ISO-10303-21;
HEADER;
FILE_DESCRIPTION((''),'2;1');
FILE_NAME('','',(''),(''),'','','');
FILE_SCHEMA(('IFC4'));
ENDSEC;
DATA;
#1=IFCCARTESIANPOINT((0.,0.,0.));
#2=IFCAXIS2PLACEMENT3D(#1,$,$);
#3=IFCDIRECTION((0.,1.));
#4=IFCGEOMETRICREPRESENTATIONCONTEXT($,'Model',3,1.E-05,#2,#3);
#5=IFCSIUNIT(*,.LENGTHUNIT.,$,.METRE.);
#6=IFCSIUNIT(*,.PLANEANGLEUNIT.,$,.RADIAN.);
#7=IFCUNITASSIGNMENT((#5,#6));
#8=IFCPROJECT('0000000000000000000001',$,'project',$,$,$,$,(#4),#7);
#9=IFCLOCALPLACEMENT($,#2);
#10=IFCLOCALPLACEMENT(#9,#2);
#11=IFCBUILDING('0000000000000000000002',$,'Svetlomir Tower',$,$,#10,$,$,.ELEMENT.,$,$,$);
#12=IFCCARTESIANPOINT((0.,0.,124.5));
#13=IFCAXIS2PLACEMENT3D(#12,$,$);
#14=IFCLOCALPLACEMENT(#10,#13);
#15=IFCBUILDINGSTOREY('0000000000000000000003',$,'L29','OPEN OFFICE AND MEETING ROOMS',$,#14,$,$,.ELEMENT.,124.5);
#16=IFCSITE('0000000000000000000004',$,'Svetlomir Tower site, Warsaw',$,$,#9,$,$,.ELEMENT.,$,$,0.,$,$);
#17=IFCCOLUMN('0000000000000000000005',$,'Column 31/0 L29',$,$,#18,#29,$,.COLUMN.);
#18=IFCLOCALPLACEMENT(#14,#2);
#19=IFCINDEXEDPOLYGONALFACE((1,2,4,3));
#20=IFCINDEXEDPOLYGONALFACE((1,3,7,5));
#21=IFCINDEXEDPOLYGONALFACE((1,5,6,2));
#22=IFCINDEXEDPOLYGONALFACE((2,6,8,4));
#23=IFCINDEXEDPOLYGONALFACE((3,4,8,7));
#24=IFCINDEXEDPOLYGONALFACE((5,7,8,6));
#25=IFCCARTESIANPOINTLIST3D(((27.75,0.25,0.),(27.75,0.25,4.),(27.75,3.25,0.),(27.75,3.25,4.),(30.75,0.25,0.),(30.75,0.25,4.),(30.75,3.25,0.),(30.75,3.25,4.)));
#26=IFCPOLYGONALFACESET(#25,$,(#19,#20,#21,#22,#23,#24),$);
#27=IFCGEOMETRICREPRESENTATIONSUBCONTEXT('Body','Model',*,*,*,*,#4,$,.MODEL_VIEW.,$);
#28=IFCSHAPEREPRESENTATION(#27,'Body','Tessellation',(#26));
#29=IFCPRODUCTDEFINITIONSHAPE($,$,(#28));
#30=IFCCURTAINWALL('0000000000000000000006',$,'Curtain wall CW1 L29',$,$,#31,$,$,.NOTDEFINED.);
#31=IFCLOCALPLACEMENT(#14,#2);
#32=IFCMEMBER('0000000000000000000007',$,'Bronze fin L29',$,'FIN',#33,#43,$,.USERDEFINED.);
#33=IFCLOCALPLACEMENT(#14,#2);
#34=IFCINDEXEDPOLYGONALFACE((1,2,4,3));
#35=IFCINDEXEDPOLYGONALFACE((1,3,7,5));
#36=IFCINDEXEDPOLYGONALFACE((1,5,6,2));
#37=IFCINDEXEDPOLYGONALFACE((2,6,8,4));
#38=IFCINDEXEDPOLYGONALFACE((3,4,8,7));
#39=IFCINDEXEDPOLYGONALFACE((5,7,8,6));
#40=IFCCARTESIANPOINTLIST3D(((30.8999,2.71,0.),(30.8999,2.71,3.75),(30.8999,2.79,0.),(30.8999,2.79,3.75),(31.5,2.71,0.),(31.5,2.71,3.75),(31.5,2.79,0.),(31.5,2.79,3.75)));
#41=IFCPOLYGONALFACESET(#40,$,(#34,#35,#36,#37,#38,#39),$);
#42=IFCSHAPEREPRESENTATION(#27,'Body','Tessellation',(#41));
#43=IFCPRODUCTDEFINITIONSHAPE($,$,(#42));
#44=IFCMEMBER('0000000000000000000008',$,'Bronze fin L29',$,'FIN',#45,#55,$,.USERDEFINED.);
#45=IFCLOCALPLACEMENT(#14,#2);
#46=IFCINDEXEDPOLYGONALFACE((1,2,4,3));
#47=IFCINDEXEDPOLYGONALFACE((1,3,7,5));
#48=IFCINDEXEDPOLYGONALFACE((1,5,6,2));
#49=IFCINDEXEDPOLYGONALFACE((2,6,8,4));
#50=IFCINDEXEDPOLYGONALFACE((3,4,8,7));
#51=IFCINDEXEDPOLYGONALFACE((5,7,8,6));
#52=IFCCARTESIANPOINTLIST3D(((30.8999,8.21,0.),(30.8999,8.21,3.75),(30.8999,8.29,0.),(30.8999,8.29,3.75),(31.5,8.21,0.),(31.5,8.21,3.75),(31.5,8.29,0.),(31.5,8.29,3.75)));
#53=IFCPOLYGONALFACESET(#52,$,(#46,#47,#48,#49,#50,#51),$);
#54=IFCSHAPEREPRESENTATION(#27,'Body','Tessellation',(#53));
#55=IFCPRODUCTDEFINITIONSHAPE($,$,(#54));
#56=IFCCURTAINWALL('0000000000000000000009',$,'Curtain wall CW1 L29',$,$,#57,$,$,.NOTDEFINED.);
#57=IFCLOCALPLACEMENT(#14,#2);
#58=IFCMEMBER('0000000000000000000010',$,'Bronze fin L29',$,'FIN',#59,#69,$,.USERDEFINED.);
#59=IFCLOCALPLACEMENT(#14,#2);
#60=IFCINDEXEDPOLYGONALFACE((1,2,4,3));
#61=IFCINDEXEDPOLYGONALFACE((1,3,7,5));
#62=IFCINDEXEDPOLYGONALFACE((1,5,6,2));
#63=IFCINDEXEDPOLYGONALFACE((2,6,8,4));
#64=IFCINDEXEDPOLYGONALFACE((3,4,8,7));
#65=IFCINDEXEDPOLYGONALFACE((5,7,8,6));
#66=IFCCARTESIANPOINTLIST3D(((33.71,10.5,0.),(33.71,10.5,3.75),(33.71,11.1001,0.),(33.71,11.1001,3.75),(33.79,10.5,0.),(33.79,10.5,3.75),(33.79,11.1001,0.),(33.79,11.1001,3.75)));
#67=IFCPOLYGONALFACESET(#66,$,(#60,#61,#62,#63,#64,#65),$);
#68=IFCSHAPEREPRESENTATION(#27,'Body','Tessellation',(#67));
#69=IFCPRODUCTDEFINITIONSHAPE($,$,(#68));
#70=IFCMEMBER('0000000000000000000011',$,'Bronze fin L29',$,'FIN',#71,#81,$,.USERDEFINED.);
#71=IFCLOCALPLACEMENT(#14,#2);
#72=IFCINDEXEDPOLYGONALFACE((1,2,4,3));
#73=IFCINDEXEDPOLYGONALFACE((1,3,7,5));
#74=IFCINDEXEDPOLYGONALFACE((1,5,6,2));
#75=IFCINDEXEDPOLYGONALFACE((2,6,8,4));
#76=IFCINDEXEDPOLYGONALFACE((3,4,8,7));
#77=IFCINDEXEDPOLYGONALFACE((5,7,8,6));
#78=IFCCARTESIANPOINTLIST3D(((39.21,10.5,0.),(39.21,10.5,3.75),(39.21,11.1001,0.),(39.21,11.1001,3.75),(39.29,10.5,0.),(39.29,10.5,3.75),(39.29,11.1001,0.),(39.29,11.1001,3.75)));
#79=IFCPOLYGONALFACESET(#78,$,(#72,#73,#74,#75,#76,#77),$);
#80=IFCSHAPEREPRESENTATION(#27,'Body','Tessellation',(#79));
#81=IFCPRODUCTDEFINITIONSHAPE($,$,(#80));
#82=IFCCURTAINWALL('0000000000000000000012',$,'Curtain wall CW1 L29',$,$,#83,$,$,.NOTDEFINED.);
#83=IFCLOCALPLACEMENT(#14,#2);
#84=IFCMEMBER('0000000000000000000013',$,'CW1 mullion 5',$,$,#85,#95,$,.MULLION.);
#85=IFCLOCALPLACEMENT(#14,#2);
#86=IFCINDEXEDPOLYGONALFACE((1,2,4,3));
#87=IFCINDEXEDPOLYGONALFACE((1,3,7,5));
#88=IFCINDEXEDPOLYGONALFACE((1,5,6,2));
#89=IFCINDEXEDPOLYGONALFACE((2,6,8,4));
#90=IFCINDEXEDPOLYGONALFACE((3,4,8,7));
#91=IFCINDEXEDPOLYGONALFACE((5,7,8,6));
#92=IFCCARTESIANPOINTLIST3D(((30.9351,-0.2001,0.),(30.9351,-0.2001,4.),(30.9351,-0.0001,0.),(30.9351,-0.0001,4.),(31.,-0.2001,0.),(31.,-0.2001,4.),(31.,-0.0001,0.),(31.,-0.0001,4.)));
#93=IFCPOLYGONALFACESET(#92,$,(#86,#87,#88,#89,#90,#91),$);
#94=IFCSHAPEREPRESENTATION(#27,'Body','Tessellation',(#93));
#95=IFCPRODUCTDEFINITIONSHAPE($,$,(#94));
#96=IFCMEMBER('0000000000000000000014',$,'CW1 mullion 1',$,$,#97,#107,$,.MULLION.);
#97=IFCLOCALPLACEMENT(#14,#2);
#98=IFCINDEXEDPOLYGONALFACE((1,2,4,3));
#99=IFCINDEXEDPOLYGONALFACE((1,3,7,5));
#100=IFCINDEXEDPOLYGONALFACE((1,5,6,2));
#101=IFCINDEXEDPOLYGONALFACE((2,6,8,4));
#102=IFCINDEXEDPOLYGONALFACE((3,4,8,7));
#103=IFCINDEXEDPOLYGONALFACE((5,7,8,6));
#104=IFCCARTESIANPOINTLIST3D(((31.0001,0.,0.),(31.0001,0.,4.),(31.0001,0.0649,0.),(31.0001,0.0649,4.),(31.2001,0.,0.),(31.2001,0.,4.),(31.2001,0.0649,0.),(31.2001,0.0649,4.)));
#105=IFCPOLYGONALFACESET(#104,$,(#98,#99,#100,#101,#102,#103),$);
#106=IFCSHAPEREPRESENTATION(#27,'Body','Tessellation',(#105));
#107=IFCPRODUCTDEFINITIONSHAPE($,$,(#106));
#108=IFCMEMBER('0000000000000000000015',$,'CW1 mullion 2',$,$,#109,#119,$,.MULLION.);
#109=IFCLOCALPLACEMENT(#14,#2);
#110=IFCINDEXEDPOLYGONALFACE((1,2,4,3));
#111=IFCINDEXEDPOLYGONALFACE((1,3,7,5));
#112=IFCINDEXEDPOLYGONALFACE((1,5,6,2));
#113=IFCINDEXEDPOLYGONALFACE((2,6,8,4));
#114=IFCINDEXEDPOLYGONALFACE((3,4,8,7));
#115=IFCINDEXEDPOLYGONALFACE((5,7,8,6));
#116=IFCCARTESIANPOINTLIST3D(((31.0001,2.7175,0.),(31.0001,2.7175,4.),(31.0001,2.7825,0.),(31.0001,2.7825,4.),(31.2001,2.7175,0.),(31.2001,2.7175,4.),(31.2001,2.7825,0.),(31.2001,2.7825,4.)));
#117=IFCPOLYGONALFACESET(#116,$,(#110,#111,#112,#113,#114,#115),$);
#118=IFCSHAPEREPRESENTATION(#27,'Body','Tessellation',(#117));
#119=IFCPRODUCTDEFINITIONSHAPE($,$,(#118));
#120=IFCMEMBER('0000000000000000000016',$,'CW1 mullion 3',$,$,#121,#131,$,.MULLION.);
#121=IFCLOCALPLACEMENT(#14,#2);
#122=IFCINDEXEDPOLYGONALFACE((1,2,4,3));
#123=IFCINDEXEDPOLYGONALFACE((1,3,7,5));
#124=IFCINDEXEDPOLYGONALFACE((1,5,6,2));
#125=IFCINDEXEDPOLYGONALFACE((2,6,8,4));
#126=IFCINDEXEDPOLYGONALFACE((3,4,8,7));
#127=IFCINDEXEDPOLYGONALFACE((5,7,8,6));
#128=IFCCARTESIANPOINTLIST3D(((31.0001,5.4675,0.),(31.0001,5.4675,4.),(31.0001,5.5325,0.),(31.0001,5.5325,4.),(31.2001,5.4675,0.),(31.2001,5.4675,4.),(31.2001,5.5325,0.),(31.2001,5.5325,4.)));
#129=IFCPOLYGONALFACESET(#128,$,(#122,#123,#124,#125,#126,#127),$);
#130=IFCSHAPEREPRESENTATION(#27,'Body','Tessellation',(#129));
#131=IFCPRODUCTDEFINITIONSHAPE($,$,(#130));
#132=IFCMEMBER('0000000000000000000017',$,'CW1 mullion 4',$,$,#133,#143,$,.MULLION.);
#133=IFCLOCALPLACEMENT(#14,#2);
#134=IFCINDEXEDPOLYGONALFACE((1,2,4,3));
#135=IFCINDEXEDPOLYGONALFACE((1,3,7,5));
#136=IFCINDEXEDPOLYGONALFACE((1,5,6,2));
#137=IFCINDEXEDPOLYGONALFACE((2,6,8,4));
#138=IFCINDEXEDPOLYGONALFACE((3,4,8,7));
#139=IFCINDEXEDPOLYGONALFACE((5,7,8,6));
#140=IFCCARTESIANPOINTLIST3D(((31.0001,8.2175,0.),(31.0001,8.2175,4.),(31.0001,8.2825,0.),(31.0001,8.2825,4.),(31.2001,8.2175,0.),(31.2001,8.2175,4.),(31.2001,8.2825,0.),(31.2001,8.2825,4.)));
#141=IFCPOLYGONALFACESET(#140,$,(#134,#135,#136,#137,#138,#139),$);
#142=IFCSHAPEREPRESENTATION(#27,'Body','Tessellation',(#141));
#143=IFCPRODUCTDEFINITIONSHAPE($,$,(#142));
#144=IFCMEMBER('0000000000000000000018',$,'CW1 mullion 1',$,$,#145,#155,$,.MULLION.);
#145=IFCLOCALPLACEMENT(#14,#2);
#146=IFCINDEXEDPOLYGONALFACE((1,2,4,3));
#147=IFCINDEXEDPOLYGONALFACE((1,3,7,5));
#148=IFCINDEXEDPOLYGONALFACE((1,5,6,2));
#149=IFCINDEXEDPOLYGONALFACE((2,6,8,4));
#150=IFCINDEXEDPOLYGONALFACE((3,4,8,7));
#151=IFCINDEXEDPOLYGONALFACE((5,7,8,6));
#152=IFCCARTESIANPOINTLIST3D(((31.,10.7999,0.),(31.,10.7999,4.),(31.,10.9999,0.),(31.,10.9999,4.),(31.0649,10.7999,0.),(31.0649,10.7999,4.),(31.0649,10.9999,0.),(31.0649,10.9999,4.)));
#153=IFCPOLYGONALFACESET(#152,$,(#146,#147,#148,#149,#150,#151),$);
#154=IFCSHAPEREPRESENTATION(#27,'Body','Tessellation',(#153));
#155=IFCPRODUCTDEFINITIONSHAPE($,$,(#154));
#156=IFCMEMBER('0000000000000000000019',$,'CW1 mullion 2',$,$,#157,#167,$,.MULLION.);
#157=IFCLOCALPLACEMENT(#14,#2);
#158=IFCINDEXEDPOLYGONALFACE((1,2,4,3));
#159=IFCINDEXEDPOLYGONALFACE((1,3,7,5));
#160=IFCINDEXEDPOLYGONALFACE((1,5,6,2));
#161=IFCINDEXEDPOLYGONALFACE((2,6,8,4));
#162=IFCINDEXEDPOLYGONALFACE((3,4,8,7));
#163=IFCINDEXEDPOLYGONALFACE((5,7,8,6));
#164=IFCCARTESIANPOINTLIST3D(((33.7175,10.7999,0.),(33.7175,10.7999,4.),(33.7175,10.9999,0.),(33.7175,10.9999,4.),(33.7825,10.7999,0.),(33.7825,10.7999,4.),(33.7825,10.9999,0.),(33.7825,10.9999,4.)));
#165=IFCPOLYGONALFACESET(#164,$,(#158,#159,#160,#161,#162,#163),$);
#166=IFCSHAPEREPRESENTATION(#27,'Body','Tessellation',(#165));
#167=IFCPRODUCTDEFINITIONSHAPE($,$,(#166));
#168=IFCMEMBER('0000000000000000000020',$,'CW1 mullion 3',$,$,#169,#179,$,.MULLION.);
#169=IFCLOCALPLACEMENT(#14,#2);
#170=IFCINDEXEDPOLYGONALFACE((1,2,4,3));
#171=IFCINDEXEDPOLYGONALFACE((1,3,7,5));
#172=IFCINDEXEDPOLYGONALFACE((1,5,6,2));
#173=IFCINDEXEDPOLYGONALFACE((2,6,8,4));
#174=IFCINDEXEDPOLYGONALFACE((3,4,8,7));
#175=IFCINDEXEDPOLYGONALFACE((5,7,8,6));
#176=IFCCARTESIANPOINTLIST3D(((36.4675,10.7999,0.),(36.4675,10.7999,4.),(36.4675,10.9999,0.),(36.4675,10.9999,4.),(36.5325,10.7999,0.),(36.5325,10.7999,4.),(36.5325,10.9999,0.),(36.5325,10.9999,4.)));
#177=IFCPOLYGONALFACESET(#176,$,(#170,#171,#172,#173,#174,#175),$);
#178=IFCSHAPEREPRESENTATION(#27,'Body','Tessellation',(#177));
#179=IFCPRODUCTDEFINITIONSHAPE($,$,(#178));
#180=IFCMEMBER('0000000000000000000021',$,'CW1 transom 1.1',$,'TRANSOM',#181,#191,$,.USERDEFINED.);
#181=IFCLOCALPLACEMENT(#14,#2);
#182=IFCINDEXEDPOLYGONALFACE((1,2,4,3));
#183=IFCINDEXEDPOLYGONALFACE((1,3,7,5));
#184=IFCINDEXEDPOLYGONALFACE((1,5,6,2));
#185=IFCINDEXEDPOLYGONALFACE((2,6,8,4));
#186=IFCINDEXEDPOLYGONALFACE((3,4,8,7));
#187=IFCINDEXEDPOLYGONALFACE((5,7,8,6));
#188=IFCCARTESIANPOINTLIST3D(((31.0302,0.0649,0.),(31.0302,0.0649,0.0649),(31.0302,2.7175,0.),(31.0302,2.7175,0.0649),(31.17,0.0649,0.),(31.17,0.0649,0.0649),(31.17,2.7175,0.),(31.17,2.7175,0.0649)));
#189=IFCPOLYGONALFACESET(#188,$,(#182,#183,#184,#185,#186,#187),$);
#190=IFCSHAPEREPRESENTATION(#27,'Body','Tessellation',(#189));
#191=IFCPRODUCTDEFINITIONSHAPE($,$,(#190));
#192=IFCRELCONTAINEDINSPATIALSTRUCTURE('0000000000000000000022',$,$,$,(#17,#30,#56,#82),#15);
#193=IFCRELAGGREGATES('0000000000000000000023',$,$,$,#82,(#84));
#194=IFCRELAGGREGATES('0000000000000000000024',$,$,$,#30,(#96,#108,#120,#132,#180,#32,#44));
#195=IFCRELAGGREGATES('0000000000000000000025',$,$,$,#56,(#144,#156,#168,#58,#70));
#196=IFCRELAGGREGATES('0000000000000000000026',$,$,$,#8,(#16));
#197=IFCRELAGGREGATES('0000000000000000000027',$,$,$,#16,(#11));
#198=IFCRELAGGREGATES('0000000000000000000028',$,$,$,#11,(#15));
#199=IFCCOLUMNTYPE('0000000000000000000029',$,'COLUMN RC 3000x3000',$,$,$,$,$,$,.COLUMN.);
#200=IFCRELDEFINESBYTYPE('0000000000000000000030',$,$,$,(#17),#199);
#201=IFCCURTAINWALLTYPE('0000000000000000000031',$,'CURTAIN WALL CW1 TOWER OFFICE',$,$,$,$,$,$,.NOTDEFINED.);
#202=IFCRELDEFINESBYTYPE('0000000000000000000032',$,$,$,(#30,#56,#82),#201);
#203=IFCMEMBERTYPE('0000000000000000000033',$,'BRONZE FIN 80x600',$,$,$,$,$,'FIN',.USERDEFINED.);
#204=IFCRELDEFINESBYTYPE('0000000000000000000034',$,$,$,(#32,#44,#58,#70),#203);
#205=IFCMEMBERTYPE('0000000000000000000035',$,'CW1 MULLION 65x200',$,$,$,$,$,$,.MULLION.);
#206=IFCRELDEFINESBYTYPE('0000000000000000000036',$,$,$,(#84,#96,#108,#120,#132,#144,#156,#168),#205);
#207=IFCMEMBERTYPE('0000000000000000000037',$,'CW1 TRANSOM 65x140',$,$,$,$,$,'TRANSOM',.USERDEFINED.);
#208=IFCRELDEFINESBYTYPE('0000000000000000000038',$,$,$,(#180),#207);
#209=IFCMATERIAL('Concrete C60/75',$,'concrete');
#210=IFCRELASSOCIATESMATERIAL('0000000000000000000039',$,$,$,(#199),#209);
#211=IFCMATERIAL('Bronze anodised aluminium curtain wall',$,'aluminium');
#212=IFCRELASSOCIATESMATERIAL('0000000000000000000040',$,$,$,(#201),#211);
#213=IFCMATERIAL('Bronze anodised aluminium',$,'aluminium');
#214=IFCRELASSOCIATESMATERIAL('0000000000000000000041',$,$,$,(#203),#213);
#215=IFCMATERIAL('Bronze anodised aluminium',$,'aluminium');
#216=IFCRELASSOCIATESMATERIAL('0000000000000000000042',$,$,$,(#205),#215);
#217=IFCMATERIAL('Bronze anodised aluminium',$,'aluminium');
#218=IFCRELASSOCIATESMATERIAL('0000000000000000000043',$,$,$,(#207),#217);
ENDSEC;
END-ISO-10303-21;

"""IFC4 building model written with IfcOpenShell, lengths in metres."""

from ifc_helpers import new_model, si_unit, direction, frame, origin, origin_2d, place, context, subcontext, project, spatial, rectangle, extrude, material, material_profile, profile_set, type_object, element, aggregate, save


model = new_model("IFC4")

# Units and contexts
model_context = context("Model", 3, precision=1e-05, world=origin(), true_north=direction((0.0, 1.0)))
body_context = subcontext(model_context, "Body", "Model", "MODEL_VIEW")
ifc_project = project(units=[si_unit("LENGTHUNIT", "METRE"), si_unit("PLANEANGLEUNIT", "RADIAN")], contexts=[model_context])

# Site, building, storey
site_placement = place(None, origin())
site = spatial("IfcSite", under=ifc_project, at=site_placement, Name="Svetlomir Tower site, Warsaw", CompositionType="ELEMENT", RefElevation=0.0)
building_placement = place(site_placement, origin())
building = spatial("IfcBuilding", under=site, at=building_placement, Name="Svetlomir Tower", CompositionType="ELEMENT")
storey_placement = place(building_placement, frame((0.0, 0.0, 124.5)))
storey = spatial("IfcBuildingStorey", under=building, at=storey_placement, Name="L29", Description="OPEN OFFICE AND MEETING ROOMS", CompositionType="ELEMENT", Elevation=124.5)

# Column
ifc_material_1 = material(Name="Concrete C60/75", Category="concrete")
ifc_material_profile_1 = material_profile(ifc_material_1, rectangle(XDim=3.0, YDim=3.0, at=origin_2d()), Name="RC 3000x3000")
ifc_profile_set_1 = profile_set([ifc_material_profile_1], Name="Concrete C60/75")
column_type = type_object("IfcColumnType", Name="COLUMN RC 3000x3000", PredefinedType="COLUMN", material=ifc_profile_set_1)
column_placement = place(storey_placement, frame((29.25, 1.75, 0.0), z_axis=(0.0, 0.0, 1.0), x_axis=(1.0, 0.0, 0.0)))
element("IfcColumn", 1, at=column_placement, inside=storey, type_object=column_type, Name="Column 31/0 L29", PredefinedType="COLUMN", context=body_context, shape_type="SweptSolid", body=[
    extrude(rectangle(XDim=3.0, YDim=3.0, at=origin_2d()), origin(), (0.0, 0.0, 1.0), 4.0),
])

# Curtain walls, members
ifc_material_2 = material(Name="Bronze anodised aluminium curtain wall", Category="aluminium")
curtain_wall_type = type_object("IfcCurtainWallType", Name="CURTAIN WALL CW1 TOWER OFFICE", PredefinedType="NOTDEFINED", material=ifc_material_2)
curtain_wall_1_placement = place(storey_placement, origin())
curtain_wall_1 = element("IfcCurtainWall", 2, at=curtain_wall_1_placement, inside=storey, type_object=curtain_wall_type, Name="Curtain wall CW1 L29", PredefinedType="NOTDEFINED")
ifc_material_3 = material(Name="Bronze anodised aluminium", Category="aluminium")
ifc_material_profile_2 = material_profile(ifc_material_3, rectangle(XDim=0.0801, YDim=0.6001, at=origin_2d()), Name="FIN 80x600")
ifc_profile_set_2 = profile_set([ifc_material_profile_2], Name="Bronze anodised aluminium 6063-T6")
member_type_1 = type_object("IfcMemberType", Name="BRONZE FIN 80x600", ElementType="FIN", PredefinedType="USERDEFINED", material=ifc_profile_set_2)
member_1_placement = place(storey_placement, frame((31.2, 2.75, 0.0), z_axis=(0.0, 0.0, 1.0), x_axis=(0.0, 1.0, 0.0)))
member_1 = element("IfcMember", 3, at=member_1_placement, type_object=member_type_1, Name="Bronze fin L29", ObjectType="FIN", PredefinedType="USERDEFINED", context=body_context, shape_type="SweptSolid", body=[
    extrude(rectangle(XDim=0.0801, YDim=0.6001, at=origin_2d()), origin(), (0.0, 0.0, 1.0), 3.75),
])
member_2_placement = place(storey_placement, frame((31.2, 8.25, 0.0), z_axis=(0.0, 0.0, 1.0), x_axis=(0.0, 1.0, 0.0)))
member_2 = element("IfcMember", 4, at=member_2_placement, type_object=member_type_1, Name="Bronze fin L29", ObjectType="FIN", PredefinedType="USERDEFINED", context=body_context, shape_type="SweptSolid", body=[
    extrude(rectangle(XDim=0.0801, YDim=0.6001, at=origin_2d()), origin(), (0.0, 0.0, 1.0), 3.75),
])
curtain_wall_2_placement = place(storey_placement, origin())
curtain_wall_2 = element("IfcCurtainWall", 5, at=curtain_wall_2_placement, inside=storey, type_object=curtain_wall_type, Name="Curtain wall CW1 L29", PredefinedType="NOTDEFINED")
member_3_placement = place(storey_placement, frame((33.75, 10.8, 0.0), z_axis=(0.0, 0.0, 1.0), x_axis=(1.0, 0.0, 0.0)))
member_3 = element("IfcMember", 6, at=member_3_placement, type_object=member_type_1, Name="Bronze fin L29", ObjectType="FIN", PredefinedType="USERDEFINED", context=body_context, shape_type="SweptSolid", body=[
    extrude(rectangle(XDim=0.0801, YDim=0.6001, at=origin_2d()), origin(), (0.0, 0.0, 1.0), 3.75),
])
member_4_placement = place(storey_placement, frame((39.25, 10.8, 0.0), z_axis=(0.0, 0.0, 1.0), x_axis=(1.0, 0.0, 0.0)))
member_4 = element("IfcMember", 7, at=member_4_placement, type_object=member_type_1, Name="Bronze fin L29", ObjectType="FIN", PredefinedType="USERDEFINED", context=body_context, shape_type="SweptSolid", body=[
    extrude(rectangle(XDim=0.0801, YDim=0.6001, at=origin_2d()), origin(), (0.0, 0.0, 1.0), 3.75),
])

# Curtain wall, member
curtain_wall_3_placement = place(storey_placement, origin())
curtain_wall_3 = element("IfcCurtainWall", 8, at=curtain_wall_3_placement, inside=storey, type_object=curtain_wall_type, Name="Curtain wall CW1 L29", PredefinedType="NOTDEFINED")
ifc_material_4 = material(Name="Bronze anodised aluminium", Category="aluminium")
ifc_material_profile_3 = material_profile(ifc_material_4, rectangle(XDim=0.0649, YDim=0.2, at=origin_2d()), Name="AL 65x200")
ifc_profile_set_3 = profile_set([ifc_material_profile_3], Name="Bronze anodised aluminium 6063-T6")
member_type_2 = type_object("IfcMemberType", Name="CW1 MULLION 65x200", PredefinedType="MULLION", material=ifc_profile_set_3)
member_5_placement = place(storey_placement, frame((30.9675, -0.1001, 0.0), z_axis=(0.0, 0.0, 1.0), x_axis=(1.0, 0.0, 0.0)))
member_5 = element("IfcMember", 9, at=member_5_placement, type_object=member_type_2, Name="CW1 mullion 5", PredefinedType="MULLION", context=body_context, shape_type="SweptSolid", body=[
    extrude(rectangle(XDim=0.0649, YDim=0.2, at=origin_2d()), origin(), (0.0, 0.0, 1.0), 4.0),
])

# Members
member_6_placement = place(storey_placement, frame((31.1001, 0.0325, 0.0), z_axis=(0.0, 0.0, 1.0), x_axis=(0.0, 1.0, 0.0)))
member_6 = element("IfcMember", 10, at=member_6_placement, type_object=member_type_2, Name="CW1 mullion 1", PredefinedType="MULLION", context=body_context, shape_type="SweptSolid", body=[
    extrude(rectangle(XDim=0.0649, YDim=0.2, at=origin_2d()), origin(), (0.0, 0.0, 1.0), 4.0),
])
member_7_placement = place(storey_placement, frame((31.1001, 2.75, 0.0), z_axis=(0.0, 0.0, 1.0), x_axis=(0.0, 1.0, 0.0)))
member_7 = element("IfcMember", 11, at=member_7_placement, type_object=member_type_2, Name="CW1 mullion 2", PredefinedType="MULLION", context=body_context, shape_type="SweptSolid", body=[
    extrude(rectangle(XDim=0.0649, YDim=0.2, at=origin_2d()), origin(), (0.0, 0.0, 1.0), 4.0),
])
member_8_placement = place(storey_placement, frame((31.1001, 5.5, 0.0), z_axis=(0.0, 0.0, 1.0), x_axis=(0.0, 1.0, 0.0)))
member_8 = element("IfcMember", 12, at=member_8_placement, type_object=member_type_2, Name="CW1 mullion 3", PredefinedType="MULLION", context=body_context, shape_type="SweptSolid", body=[
    extrude(rectangle(XDim=0.0649, YDim=0.2, at=origin_2d()), origin(), (0.0, 0.0, 1.0), 4.0),
])
member_9_placement = place(storey_placement, frame((31.1001, 8.25, 0.0), z_axis=(0.0, 0.0, 1.0), x_axis=(0.0, 1.0, 0.0)))
member_9 = element("IfcMember", 13, at=member_9_placement, type_object=member_type_2, Name="CW1 mullion 4", PredefinedType="MULLION", context=body_context, shape_type="SweptSolid", body=[
    extrude(rectangle(XDim=0.0649, YDim=0.2, at=origin_2d()), origin(), (0.0, 0.0, 1.0), 4.0),
])
member_10_placement = place(storey_placement, frame((31.0325, 10.8999, 0.0), z_axis=(0.0, 0.0, 1.0), x_axis=(1.0, 0.0, 0.0)))
member_10 = element("IfcMember", 14, at=member_10_placement, type_object=member_type_2, Name="CW1 mullion 1", PredefinedType="MULLION", context=body_context, shape_type="SweptSolid", body=[
    extrude(rectangle(XDim=0.0649, YDim=0.2, at=origin_2d()), origin(), (0.0, 0.0, 1.0), 4.0),
])
member_11_placement = place(storey_placement, frame((33.75, 10.8999, 0.0), z_axis=(0.0, 0.0, 1.0), x_axis=(1.0, 0.0, 0.0)))
member_11 = element("IfcMember", 15, at=member_11_placement, type_object=member_type_2, Name="CW1 mullion 2", PredefinedType="MULLION", context=body_context, shape_type="SweptSolid", body=[
    extrude(rectangle(XDim=0.0649, YDim=0.2, at=origin_2d()), origin(), (0.0, 0.0, 1.0), 4.0),
])
member_12_placement = place(storey_placement, frame((36.5, 10.8999, 0.0), z_axis=(0.0, 0.0, 1.0), x_axis=(1.0, 0.0, 0.0)))
member_12 = element("IfcMember", 16, at=member_12_placement, type_object=member_type_2, Name="CW1 mullion 3", PredefinedType="MULLION", context=body_context, shape_type="SweptSolid", body=[
    extrude(rectangle(XDim=0.0649, YDim=0.2, at=origin_2d()), origin(), (0.0, 0.0, 1.0), 4.0),
])
ifc_material_5 = material(Name="Bronze anodised aluminium", Category="aluminium")
ifc_material_profile_4 = material_profile(ifc_material_5, rectangle(XDim=0.1399, YDim=0.0649, at=origin_2d()), Name="AL 140x65")
ifc_profile_set_4 = profile_set([ifc_material_profile_4], Name="Bronze anodised aluminium 6063-T6")
member_type_3 = type_object("IfcMemberType", Name="CW1 TRANSOM 65x140", ElementType="TRANSOM", PredefinedType="USERDEFINED", material=ifc_profile_set_4)
member_13_placement = place(storey_placement, frame((31.1001, 0.0649, 0.0325), z_axis=(0.0, 1.0, 0.0), x_axis=(-1.0, 0.0, 0.0)))
member_13 = element("IfcMember", 17, at=member_13_placement, type_object=member_type_3, Name="CW1 transom 1.1", ObjectType="TRANSOM", PredefinedType="USERDEFINED", context=body_context, shape_type="SweptSolid", body=[
    extrude(rectangle(XDim=0.1399, YDim=0.0649, at=origin_2d()), origin(), (0.0, 0.0, 1.0), 2.6526),
])

aggregate(curtain_wall_3, [member_5])
aggregate(curtain_wall_1, [member_6, member_7, member_8, member_9, member_13, member_1, member_2])
aggregate(curtain_wall_2, [member_10, member_11, member_12, member_3, member_4])

save(model, "model.ifc")
